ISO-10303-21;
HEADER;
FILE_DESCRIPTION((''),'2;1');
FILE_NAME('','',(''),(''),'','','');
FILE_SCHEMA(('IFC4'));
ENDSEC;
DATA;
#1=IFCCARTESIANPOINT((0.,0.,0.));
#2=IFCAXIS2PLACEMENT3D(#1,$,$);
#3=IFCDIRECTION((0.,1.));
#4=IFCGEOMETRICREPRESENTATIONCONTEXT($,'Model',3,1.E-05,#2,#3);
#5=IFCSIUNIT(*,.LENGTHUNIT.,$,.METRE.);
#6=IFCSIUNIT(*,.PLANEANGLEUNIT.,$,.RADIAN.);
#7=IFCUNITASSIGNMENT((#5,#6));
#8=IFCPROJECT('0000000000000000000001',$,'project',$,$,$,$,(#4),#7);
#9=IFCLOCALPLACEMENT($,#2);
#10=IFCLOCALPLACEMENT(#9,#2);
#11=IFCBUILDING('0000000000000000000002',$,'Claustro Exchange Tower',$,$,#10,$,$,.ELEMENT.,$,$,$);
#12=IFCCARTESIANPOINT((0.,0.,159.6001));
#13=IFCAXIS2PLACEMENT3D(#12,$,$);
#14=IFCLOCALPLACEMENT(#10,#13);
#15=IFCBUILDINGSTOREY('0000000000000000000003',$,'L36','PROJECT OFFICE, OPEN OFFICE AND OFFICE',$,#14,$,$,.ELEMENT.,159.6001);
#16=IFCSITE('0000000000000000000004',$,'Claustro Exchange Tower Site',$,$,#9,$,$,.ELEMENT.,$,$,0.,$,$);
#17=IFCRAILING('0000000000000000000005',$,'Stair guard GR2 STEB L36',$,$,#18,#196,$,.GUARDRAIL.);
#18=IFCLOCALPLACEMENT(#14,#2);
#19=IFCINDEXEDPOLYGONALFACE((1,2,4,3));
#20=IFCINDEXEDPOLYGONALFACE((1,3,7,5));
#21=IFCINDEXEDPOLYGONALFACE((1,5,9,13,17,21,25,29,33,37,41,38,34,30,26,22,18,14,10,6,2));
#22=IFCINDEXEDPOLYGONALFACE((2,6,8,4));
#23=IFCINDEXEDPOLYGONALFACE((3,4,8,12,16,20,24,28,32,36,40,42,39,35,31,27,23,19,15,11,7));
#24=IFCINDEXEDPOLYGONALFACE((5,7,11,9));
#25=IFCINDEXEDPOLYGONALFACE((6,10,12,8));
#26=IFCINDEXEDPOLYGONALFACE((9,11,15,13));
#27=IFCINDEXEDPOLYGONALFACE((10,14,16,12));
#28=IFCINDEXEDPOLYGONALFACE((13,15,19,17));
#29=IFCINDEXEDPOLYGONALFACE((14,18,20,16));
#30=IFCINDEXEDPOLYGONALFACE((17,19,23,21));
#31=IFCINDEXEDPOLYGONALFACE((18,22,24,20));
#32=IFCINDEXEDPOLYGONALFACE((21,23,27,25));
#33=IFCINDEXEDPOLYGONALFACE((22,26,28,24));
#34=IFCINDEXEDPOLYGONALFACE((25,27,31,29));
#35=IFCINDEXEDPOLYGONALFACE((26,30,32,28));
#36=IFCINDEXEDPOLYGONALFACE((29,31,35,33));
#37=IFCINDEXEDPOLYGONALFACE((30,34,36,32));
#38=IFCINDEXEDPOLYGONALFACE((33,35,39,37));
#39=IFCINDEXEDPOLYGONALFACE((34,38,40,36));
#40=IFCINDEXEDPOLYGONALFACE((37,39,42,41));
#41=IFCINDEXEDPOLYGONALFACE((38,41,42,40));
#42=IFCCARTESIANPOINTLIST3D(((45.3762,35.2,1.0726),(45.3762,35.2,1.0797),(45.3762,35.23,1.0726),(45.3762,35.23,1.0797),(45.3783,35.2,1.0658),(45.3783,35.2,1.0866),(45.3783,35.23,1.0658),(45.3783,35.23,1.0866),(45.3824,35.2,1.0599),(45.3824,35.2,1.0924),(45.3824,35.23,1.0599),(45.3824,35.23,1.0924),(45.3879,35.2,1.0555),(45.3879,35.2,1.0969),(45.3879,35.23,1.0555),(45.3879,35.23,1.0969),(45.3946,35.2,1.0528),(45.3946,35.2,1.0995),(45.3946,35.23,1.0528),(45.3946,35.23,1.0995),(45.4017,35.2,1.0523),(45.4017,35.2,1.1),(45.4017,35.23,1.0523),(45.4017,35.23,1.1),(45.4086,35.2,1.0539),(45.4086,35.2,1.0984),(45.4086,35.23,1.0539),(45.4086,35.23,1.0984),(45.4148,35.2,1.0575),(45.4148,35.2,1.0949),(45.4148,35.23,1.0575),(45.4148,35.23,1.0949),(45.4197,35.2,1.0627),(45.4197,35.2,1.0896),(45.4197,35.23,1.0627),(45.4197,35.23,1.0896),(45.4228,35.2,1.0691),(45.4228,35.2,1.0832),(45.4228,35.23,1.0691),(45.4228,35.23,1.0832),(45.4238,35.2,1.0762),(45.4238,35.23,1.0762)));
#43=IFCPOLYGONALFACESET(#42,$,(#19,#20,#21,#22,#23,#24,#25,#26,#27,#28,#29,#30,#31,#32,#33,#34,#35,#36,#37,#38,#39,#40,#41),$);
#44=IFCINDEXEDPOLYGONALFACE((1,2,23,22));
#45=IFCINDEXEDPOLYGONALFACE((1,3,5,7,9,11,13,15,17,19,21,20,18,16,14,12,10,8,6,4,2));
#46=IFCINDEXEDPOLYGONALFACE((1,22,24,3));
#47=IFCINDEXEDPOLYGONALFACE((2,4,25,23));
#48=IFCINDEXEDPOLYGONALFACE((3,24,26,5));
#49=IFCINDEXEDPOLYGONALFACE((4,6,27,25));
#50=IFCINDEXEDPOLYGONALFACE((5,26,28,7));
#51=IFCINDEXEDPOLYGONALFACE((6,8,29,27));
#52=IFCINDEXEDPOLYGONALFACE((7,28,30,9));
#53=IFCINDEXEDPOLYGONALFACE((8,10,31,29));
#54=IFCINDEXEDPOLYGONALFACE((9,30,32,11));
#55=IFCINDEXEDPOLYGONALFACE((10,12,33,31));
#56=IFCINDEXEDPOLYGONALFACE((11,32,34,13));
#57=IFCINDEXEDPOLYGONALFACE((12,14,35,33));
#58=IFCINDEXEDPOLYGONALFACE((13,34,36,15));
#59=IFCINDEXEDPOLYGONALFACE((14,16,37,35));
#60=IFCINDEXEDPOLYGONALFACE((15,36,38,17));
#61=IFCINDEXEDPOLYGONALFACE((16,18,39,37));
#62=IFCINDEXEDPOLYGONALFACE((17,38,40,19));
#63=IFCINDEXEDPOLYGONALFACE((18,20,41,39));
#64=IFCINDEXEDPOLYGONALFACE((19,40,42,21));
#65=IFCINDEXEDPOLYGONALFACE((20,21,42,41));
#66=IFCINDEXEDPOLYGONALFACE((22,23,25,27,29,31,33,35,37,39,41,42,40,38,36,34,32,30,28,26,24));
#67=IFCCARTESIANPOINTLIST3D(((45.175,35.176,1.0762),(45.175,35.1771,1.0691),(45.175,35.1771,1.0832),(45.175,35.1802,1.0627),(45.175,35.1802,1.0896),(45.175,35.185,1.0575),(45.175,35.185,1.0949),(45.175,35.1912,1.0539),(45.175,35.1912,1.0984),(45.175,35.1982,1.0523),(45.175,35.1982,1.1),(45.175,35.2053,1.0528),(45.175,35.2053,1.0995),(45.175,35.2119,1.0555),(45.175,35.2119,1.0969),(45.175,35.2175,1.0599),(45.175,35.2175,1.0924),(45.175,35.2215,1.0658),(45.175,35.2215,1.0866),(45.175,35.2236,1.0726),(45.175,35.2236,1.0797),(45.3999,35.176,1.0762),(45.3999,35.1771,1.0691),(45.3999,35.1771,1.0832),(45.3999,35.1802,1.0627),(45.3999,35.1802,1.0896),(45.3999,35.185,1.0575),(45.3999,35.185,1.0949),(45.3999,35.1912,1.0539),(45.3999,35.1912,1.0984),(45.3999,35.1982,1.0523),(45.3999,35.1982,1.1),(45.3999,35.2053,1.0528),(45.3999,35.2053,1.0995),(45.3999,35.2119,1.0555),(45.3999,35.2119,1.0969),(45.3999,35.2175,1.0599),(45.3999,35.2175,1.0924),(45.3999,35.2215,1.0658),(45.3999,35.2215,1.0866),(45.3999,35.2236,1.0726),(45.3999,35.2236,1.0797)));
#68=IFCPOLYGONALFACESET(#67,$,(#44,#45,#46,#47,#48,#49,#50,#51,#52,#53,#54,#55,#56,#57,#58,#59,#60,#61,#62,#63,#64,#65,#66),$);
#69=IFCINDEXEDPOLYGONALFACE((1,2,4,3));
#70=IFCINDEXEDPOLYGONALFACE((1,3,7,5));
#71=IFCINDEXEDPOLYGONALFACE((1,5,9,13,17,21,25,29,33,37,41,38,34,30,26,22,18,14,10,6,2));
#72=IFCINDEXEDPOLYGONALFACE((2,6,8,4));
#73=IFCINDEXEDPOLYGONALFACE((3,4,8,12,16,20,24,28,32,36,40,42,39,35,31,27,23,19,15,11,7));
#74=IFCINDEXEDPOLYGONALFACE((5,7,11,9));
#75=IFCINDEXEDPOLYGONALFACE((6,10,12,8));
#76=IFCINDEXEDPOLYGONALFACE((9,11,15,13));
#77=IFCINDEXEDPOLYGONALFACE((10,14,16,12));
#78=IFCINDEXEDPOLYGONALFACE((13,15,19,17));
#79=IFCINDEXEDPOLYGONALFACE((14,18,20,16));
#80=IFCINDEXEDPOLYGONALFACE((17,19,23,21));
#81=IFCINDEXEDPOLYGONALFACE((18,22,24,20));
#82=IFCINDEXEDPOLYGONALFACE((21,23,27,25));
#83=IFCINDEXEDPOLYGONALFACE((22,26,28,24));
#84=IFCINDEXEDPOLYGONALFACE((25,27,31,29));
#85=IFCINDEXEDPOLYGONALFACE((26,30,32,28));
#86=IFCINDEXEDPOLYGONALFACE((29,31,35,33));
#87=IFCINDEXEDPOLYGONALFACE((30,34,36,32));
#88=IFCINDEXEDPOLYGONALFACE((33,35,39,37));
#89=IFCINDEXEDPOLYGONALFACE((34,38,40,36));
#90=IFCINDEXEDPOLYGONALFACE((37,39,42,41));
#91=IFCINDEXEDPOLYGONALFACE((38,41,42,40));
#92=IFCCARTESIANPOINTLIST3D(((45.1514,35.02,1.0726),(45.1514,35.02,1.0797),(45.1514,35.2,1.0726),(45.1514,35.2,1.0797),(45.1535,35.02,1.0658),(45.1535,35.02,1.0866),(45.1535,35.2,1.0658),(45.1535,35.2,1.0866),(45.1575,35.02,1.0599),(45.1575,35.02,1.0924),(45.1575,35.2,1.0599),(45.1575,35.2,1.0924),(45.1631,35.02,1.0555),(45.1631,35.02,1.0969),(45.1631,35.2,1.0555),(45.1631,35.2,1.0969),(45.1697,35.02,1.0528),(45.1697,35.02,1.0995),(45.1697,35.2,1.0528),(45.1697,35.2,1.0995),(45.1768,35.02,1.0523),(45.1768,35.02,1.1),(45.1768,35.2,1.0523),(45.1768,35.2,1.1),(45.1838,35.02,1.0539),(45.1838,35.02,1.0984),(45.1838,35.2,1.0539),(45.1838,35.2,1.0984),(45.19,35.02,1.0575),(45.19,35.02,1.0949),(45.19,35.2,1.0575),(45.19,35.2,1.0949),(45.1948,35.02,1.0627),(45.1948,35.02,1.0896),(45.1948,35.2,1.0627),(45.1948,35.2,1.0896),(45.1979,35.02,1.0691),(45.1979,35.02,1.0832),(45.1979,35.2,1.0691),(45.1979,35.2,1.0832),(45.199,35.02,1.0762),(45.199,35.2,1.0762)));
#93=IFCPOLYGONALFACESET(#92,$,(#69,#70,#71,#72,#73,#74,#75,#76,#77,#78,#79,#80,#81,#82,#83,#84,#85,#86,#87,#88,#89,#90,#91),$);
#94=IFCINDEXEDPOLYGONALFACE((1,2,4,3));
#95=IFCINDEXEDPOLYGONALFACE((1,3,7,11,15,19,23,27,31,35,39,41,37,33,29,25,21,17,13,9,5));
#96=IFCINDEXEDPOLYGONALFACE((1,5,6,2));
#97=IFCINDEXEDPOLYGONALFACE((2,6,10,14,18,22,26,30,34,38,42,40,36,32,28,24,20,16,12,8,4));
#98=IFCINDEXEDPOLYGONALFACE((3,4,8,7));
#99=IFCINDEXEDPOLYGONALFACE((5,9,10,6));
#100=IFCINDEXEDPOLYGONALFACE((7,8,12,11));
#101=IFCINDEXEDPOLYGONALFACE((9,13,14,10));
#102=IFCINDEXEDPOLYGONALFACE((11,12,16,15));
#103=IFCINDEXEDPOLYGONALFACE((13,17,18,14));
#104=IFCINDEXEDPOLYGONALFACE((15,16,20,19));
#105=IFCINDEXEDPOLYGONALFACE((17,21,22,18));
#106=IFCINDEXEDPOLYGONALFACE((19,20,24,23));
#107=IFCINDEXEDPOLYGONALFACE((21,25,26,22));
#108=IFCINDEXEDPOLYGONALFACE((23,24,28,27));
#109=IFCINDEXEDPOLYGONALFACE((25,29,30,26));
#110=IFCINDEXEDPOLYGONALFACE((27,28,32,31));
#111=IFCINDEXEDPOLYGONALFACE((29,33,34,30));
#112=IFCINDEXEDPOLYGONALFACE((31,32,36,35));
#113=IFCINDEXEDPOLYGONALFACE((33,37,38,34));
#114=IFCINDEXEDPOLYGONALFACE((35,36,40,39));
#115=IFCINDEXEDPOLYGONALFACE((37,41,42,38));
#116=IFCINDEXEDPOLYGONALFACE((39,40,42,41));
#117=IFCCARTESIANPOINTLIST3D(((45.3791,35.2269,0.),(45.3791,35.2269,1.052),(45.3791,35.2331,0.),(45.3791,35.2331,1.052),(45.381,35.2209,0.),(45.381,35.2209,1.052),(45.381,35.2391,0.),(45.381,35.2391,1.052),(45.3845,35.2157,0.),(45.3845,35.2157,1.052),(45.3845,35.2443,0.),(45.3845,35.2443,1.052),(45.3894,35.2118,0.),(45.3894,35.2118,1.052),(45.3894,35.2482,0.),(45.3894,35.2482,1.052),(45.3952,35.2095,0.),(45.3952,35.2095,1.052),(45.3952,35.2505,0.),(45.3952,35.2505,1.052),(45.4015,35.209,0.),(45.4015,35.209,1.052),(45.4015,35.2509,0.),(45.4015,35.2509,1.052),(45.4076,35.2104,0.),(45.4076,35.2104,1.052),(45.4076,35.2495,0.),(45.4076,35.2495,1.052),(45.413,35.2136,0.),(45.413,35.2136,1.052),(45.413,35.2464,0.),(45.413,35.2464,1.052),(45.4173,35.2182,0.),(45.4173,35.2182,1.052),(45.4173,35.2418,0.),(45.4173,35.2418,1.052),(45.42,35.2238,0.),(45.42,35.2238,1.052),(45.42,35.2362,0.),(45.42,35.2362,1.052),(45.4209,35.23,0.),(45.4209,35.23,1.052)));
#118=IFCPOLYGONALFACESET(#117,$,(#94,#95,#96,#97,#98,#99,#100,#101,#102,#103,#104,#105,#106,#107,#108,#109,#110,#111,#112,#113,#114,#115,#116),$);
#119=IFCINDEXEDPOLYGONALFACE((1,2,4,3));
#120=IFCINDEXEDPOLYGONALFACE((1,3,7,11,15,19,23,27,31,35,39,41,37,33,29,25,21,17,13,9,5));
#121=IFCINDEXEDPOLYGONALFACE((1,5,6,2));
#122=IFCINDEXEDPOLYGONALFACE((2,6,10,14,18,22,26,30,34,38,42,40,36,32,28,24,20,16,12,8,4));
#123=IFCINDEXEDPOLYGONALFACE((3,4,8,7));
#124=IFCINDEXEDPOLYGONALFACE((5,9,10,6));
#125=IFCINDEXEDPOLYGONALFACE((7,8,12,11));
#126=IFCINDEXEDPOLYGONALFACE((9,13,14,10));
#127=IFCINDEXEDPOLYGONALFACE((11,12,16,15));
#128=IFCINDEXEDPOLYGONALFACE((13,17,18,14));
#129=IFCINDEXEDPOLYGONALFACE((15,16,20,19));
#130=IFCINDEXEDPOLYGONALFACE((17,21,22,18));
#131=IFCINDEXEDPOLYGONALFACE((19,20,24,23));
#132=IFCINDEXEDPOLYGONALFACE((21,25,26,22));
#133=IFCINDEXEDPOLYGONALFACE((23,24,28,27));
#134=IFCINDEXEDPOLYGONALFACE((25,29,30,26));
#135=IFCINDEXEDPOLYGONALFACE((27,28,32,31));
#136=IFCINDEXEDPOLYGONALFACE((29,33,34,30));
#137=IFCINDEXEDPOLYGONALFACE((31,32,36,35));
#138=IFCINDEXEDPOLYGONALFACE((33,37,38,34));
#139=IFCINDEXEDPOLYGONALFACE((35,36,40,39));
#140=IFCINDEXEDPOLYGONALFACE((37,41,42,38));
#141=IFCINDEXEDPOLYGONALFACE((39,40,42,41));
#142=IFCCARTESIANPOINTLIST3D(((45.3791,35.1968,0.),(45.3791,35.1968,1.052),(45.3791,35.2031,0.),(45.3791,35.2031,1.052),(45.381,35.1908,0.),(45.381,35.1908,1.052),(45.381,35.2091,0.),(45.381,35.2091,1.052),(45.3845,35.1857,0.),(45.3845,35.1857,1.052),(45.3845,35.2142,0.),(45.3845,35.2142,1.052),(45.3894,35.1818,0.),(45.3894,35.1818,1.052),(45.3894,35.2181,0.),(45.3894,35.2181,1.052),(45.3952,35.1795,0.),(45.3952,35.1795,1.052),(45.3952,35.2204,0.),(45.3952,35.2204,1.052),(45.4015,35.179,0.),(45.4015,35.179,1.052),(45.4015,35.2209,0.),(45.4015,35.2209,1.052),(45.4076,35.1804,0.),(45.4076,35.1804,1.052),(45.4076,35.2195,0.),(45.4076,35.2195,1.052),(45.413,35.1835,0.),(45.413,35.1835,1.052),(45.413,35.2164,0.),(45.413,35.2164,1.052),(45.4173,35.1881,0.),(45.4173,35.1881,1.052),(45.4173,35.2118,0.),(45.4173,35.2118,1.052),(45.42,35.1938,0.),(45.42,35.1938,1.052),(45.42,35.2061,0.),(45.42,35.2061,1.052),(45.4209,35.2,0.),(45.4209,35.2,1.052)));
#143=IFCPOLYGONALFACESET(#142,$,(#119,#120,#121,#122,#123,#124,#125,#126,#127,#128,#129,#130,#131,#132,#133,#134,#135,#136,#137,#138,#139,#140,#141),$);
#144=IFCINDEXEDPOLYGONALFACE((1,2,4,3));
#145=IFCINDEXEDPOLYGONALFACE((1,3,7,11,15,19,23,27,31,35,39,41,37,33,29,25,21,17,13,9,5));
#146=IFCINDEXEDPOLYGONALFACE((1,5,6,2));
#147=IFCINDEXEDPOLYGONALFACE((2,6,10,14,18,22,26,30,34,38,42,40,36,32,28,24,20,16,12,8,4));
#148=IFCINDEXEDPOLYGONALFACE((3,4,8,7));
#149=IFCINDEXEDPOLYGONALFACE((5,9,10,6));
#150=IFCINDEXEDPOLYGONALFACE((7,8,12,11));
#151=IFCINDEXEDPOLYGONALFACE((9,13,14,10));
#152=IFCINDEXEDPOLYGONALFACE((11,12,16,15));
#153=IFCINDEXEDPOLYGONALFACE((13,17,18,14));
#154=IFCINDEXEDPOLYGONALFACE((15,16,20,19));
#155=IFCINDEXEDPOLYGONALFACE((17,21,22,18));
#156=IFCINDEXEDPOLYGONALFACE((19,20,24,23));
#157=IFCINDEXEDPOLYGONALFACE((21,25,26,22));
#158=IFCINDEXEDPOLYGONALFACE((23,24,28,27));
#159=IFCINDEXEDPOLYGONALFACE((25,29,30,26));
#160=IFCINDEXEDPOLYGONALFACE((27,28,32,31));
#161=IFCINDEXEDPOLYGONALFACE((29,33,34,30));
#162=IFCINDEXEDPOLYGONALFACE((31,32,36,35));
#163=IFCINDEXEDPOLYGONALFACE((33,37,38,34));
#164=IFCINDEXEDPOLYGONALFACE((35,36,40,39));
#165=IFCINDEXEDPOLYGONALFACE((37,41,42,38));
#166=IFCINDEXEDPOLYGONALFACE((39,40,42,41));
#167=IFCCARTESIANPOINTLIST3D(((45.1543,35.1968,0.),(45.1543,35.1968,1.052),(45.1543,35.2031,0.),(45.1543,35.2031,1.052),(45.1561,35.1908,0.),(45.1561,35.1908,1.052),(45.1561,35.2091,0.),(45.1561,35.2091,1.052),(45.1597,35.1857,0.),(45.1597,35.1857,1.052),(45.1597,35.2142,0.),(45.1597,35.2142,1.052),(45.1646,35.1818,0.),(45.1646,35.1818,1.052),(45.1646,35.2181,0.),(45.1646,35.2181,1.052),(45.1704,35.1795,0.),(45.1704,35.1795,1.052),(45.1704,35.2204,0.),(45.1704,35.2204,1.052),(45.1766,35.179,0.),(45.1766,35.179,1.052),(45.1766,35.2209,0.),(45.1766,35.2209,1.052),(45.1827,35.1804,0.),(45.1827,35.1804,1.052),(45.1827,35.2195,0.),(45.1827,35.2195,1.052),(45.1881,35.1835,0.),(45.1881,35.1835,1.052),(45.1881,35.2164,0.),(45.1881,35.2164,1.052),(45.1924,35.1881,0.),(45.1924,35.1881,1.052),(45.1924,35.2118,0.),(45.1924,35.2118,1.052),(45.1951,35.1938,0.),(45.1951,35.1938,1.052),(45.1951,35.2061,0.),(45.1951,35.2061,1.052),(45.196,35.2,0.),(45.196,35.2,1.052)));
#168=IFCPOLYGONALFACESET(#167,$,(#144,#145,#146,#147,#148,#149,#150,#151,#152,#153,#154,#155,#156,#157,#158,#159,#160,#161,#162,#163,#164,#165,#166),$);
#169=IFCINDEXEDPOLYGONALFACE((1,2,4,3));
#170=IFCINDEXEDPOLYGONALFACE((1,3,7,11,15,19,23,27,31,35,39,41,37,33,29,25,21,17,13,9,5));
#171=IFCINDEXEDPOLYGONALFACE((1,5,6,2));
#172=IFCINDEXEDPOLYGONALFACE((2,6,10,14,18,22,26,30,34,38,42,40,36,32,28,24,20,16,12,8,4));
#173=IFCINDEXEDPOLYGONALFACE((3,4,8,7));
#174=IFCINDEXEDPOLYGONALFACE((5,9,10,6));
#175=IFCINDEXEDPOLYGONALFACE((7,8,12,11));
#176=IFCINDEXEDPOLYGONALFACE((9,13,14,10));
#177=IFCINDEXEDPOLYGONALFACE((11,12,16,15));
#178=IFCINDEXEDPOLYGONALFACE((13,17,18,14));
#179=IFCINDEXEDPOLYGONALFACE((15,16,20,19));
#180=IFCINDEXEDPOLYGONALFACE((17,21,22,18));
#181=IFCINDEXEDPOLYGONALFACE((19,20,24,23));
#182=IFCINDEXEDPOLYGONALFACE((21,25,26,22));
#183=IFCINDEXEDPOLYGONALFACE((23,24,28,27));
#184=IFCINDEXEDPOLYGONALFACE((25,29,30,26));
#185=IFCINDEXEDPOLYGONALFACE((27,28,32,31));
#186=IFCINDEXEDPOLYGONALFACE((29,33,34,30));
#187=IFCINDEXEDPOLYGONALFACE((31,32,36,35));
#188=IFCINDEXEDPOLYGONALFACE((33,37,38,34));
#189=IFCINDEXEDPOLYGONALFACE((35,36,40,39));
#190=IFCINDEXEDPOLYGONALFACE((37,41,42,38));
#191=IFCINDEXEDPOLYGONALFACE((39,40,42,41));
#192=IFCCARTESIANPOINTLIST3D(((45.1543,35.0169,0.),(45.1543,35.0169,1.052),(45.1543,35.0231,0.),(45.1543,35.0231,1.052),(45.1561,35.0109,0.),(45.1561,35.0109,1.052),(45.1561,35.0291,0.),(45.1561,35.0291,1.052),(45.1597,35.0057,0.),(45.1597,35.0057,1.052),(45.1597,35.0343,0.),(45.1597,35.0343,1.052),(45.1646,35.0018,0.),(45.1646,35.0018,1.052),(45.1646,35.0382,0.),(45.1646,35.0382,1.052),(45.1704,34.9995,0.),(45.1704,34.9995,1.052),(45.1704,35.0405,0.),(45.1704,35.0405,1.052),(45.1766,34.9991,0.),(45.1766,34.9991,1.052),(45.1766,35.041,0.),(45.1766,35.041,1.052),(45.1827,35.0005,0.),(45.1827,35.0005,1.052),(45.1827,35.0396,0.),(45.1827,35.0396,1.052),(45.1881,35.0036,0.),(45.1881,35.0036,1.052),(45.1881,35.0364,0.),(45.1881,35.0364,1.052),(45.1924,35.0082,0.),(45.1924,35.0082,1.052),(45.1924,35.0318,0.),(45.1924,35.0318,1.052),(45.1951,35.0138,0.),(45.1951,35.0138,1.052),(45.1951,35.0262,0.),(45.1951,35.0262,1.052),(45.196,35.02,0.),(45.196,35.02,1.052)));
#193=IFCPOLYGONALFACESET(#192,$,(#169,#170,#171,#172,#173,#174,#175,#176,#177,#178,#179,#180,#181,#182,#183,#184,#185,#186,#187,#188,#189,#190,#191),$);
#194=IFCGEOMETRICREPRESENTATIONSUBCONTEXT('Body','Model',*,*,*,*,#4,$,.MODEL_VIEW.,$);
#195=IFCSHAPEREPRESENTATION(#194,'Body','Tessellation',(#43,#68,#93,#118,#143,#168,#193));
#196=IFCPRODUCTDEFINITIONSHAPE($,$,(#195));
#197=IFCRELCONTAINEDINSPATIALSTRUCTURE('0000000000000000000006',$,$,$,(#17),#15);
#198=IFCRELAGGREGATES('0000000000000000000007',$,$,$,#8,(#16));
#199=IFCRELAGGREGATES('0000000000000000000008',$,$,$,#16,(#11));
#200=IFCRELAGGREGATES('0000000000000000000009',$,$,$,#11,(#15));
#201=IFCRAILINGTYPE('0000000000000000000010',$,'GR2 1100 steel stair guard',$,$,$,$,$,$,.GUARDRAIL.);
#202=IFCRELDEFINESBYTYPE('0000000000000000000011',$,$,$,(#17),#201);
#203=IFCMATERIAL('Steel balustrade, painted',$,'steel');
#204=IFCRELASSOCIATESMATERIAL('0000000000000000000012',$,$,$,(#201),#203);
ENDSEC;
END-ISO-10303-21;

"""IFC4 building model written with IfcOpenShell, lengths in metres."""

from ifc_helpers import new_model, si_unit, direction, frame, origin, origin_2d, place, context, subcontext, project, spatial, circle, extrude, material, type_object, element, save


model = new_model("IFC4")

# Units and contexts
model_context = context("Model", 3, precision=1e-05, world=origin(), true_north=direction((0.0, 1.0)))
body_context = subcontext(model_context, "Body", "Model", "MODEL_VIEW")
ifc_project = project(units=[si_unit("LENGTHUNIT", "METRE"), si_unit("PLANEANGLEUNIT", "RADIAN")], contexts=[model_context])

# Site, building, storey
site_placement = place(None, origin())
site = spatial("IfcSite", under=ifc_project, at=site_placement, Name="Claustro Exchange Tower Site", CompositionType="ELEMENT", RefElevation=0.0)
building_placement = place(site_placement, origin())
building = spatial("IfcBuilding", under=site, at=building_placement, Name="Claustro Exchange Tower", CompositionType="ELEMENT")
storey_placement = place(building_placement, frame((0.0, 0.0, 159.6001)))
storey = spatial("IfcBuildingStorey", under=building, at=storey_placement, Name="L36", Description="PROJECT OFFICE, OPEN OFFICE AND OFFICE", CompositionType="ELEMENT", Elevation=159.6001)

# Railing
ifc_material_1 = material(Name="Steel balustrade, painted", Category="steel")
railing_type_1 = type_object("IfcRailingType", Name="GR2 1100 steel stair guard", PredefinedType="GUARDRAIL", material=ifc_material_1)
railing_1_placement = place(storey_placement, frame((45.3999, 35.23, 0.0)))
element("IfcRailing", 1, at=railing_1_placement, inside=storey, type_object=railing_type_1, Name="Stair guard GR2 STEB L36", PredefinedType="GUARDRAIL", context=body_context, shape_type="SweptSolid", body=[
    extrude(circle(Radius=0.0239, at=origin_2d()), frame((0.0, 0.0, 1.0762), z_axis=(0.0, -1.0, 0.0), x_axis=(1.0, 0.0, 0.0)), (0.0, 0.0, 1.0), 0.03),
    extrude(circle(Radius=0.0239, at=origin_2d()), frame((0.0, -0.03, 1.0762), z_axis=(-1.0, 0.0, 0.0), x_axis=(0.0, -1.0, 0.0)), (0.0, 0.0, 1.0), 0.2249),
    extrude(circle(Radius=0.0239, at=origin_2d()), frame((-0.2249, -0.03, 1.0762), z_axis=(0.0, -1.0, 0.0), x_axis=(1.0, 0.0, 0.0)), (0.0, 0.0, 1.0), 0.1799),
    extrude(circle(Radius=0.021, at=origin_2d()), origin(), (0.0, 0.0, 1.0), 1.052),
    extrude(circle(Radius=0.021, at=origin_2d()), frame((0.0, -0.03, 0.0)), (0.0, 0.0, 1.0), 1.052),
    extrude(circle(Radius=0.021, at=origin_2d()), frame((-0.2249, -0.03, 0.0)), (0.0, 0.0, 1.0), 1.052),
    extrude(circle(Radius=0.021, at=origin_2d()), frame((-0.2249, -0.21, 0.0)), (0.0, 0.0, 1.0), 1.052),
])

save(model, "model.ifc")
